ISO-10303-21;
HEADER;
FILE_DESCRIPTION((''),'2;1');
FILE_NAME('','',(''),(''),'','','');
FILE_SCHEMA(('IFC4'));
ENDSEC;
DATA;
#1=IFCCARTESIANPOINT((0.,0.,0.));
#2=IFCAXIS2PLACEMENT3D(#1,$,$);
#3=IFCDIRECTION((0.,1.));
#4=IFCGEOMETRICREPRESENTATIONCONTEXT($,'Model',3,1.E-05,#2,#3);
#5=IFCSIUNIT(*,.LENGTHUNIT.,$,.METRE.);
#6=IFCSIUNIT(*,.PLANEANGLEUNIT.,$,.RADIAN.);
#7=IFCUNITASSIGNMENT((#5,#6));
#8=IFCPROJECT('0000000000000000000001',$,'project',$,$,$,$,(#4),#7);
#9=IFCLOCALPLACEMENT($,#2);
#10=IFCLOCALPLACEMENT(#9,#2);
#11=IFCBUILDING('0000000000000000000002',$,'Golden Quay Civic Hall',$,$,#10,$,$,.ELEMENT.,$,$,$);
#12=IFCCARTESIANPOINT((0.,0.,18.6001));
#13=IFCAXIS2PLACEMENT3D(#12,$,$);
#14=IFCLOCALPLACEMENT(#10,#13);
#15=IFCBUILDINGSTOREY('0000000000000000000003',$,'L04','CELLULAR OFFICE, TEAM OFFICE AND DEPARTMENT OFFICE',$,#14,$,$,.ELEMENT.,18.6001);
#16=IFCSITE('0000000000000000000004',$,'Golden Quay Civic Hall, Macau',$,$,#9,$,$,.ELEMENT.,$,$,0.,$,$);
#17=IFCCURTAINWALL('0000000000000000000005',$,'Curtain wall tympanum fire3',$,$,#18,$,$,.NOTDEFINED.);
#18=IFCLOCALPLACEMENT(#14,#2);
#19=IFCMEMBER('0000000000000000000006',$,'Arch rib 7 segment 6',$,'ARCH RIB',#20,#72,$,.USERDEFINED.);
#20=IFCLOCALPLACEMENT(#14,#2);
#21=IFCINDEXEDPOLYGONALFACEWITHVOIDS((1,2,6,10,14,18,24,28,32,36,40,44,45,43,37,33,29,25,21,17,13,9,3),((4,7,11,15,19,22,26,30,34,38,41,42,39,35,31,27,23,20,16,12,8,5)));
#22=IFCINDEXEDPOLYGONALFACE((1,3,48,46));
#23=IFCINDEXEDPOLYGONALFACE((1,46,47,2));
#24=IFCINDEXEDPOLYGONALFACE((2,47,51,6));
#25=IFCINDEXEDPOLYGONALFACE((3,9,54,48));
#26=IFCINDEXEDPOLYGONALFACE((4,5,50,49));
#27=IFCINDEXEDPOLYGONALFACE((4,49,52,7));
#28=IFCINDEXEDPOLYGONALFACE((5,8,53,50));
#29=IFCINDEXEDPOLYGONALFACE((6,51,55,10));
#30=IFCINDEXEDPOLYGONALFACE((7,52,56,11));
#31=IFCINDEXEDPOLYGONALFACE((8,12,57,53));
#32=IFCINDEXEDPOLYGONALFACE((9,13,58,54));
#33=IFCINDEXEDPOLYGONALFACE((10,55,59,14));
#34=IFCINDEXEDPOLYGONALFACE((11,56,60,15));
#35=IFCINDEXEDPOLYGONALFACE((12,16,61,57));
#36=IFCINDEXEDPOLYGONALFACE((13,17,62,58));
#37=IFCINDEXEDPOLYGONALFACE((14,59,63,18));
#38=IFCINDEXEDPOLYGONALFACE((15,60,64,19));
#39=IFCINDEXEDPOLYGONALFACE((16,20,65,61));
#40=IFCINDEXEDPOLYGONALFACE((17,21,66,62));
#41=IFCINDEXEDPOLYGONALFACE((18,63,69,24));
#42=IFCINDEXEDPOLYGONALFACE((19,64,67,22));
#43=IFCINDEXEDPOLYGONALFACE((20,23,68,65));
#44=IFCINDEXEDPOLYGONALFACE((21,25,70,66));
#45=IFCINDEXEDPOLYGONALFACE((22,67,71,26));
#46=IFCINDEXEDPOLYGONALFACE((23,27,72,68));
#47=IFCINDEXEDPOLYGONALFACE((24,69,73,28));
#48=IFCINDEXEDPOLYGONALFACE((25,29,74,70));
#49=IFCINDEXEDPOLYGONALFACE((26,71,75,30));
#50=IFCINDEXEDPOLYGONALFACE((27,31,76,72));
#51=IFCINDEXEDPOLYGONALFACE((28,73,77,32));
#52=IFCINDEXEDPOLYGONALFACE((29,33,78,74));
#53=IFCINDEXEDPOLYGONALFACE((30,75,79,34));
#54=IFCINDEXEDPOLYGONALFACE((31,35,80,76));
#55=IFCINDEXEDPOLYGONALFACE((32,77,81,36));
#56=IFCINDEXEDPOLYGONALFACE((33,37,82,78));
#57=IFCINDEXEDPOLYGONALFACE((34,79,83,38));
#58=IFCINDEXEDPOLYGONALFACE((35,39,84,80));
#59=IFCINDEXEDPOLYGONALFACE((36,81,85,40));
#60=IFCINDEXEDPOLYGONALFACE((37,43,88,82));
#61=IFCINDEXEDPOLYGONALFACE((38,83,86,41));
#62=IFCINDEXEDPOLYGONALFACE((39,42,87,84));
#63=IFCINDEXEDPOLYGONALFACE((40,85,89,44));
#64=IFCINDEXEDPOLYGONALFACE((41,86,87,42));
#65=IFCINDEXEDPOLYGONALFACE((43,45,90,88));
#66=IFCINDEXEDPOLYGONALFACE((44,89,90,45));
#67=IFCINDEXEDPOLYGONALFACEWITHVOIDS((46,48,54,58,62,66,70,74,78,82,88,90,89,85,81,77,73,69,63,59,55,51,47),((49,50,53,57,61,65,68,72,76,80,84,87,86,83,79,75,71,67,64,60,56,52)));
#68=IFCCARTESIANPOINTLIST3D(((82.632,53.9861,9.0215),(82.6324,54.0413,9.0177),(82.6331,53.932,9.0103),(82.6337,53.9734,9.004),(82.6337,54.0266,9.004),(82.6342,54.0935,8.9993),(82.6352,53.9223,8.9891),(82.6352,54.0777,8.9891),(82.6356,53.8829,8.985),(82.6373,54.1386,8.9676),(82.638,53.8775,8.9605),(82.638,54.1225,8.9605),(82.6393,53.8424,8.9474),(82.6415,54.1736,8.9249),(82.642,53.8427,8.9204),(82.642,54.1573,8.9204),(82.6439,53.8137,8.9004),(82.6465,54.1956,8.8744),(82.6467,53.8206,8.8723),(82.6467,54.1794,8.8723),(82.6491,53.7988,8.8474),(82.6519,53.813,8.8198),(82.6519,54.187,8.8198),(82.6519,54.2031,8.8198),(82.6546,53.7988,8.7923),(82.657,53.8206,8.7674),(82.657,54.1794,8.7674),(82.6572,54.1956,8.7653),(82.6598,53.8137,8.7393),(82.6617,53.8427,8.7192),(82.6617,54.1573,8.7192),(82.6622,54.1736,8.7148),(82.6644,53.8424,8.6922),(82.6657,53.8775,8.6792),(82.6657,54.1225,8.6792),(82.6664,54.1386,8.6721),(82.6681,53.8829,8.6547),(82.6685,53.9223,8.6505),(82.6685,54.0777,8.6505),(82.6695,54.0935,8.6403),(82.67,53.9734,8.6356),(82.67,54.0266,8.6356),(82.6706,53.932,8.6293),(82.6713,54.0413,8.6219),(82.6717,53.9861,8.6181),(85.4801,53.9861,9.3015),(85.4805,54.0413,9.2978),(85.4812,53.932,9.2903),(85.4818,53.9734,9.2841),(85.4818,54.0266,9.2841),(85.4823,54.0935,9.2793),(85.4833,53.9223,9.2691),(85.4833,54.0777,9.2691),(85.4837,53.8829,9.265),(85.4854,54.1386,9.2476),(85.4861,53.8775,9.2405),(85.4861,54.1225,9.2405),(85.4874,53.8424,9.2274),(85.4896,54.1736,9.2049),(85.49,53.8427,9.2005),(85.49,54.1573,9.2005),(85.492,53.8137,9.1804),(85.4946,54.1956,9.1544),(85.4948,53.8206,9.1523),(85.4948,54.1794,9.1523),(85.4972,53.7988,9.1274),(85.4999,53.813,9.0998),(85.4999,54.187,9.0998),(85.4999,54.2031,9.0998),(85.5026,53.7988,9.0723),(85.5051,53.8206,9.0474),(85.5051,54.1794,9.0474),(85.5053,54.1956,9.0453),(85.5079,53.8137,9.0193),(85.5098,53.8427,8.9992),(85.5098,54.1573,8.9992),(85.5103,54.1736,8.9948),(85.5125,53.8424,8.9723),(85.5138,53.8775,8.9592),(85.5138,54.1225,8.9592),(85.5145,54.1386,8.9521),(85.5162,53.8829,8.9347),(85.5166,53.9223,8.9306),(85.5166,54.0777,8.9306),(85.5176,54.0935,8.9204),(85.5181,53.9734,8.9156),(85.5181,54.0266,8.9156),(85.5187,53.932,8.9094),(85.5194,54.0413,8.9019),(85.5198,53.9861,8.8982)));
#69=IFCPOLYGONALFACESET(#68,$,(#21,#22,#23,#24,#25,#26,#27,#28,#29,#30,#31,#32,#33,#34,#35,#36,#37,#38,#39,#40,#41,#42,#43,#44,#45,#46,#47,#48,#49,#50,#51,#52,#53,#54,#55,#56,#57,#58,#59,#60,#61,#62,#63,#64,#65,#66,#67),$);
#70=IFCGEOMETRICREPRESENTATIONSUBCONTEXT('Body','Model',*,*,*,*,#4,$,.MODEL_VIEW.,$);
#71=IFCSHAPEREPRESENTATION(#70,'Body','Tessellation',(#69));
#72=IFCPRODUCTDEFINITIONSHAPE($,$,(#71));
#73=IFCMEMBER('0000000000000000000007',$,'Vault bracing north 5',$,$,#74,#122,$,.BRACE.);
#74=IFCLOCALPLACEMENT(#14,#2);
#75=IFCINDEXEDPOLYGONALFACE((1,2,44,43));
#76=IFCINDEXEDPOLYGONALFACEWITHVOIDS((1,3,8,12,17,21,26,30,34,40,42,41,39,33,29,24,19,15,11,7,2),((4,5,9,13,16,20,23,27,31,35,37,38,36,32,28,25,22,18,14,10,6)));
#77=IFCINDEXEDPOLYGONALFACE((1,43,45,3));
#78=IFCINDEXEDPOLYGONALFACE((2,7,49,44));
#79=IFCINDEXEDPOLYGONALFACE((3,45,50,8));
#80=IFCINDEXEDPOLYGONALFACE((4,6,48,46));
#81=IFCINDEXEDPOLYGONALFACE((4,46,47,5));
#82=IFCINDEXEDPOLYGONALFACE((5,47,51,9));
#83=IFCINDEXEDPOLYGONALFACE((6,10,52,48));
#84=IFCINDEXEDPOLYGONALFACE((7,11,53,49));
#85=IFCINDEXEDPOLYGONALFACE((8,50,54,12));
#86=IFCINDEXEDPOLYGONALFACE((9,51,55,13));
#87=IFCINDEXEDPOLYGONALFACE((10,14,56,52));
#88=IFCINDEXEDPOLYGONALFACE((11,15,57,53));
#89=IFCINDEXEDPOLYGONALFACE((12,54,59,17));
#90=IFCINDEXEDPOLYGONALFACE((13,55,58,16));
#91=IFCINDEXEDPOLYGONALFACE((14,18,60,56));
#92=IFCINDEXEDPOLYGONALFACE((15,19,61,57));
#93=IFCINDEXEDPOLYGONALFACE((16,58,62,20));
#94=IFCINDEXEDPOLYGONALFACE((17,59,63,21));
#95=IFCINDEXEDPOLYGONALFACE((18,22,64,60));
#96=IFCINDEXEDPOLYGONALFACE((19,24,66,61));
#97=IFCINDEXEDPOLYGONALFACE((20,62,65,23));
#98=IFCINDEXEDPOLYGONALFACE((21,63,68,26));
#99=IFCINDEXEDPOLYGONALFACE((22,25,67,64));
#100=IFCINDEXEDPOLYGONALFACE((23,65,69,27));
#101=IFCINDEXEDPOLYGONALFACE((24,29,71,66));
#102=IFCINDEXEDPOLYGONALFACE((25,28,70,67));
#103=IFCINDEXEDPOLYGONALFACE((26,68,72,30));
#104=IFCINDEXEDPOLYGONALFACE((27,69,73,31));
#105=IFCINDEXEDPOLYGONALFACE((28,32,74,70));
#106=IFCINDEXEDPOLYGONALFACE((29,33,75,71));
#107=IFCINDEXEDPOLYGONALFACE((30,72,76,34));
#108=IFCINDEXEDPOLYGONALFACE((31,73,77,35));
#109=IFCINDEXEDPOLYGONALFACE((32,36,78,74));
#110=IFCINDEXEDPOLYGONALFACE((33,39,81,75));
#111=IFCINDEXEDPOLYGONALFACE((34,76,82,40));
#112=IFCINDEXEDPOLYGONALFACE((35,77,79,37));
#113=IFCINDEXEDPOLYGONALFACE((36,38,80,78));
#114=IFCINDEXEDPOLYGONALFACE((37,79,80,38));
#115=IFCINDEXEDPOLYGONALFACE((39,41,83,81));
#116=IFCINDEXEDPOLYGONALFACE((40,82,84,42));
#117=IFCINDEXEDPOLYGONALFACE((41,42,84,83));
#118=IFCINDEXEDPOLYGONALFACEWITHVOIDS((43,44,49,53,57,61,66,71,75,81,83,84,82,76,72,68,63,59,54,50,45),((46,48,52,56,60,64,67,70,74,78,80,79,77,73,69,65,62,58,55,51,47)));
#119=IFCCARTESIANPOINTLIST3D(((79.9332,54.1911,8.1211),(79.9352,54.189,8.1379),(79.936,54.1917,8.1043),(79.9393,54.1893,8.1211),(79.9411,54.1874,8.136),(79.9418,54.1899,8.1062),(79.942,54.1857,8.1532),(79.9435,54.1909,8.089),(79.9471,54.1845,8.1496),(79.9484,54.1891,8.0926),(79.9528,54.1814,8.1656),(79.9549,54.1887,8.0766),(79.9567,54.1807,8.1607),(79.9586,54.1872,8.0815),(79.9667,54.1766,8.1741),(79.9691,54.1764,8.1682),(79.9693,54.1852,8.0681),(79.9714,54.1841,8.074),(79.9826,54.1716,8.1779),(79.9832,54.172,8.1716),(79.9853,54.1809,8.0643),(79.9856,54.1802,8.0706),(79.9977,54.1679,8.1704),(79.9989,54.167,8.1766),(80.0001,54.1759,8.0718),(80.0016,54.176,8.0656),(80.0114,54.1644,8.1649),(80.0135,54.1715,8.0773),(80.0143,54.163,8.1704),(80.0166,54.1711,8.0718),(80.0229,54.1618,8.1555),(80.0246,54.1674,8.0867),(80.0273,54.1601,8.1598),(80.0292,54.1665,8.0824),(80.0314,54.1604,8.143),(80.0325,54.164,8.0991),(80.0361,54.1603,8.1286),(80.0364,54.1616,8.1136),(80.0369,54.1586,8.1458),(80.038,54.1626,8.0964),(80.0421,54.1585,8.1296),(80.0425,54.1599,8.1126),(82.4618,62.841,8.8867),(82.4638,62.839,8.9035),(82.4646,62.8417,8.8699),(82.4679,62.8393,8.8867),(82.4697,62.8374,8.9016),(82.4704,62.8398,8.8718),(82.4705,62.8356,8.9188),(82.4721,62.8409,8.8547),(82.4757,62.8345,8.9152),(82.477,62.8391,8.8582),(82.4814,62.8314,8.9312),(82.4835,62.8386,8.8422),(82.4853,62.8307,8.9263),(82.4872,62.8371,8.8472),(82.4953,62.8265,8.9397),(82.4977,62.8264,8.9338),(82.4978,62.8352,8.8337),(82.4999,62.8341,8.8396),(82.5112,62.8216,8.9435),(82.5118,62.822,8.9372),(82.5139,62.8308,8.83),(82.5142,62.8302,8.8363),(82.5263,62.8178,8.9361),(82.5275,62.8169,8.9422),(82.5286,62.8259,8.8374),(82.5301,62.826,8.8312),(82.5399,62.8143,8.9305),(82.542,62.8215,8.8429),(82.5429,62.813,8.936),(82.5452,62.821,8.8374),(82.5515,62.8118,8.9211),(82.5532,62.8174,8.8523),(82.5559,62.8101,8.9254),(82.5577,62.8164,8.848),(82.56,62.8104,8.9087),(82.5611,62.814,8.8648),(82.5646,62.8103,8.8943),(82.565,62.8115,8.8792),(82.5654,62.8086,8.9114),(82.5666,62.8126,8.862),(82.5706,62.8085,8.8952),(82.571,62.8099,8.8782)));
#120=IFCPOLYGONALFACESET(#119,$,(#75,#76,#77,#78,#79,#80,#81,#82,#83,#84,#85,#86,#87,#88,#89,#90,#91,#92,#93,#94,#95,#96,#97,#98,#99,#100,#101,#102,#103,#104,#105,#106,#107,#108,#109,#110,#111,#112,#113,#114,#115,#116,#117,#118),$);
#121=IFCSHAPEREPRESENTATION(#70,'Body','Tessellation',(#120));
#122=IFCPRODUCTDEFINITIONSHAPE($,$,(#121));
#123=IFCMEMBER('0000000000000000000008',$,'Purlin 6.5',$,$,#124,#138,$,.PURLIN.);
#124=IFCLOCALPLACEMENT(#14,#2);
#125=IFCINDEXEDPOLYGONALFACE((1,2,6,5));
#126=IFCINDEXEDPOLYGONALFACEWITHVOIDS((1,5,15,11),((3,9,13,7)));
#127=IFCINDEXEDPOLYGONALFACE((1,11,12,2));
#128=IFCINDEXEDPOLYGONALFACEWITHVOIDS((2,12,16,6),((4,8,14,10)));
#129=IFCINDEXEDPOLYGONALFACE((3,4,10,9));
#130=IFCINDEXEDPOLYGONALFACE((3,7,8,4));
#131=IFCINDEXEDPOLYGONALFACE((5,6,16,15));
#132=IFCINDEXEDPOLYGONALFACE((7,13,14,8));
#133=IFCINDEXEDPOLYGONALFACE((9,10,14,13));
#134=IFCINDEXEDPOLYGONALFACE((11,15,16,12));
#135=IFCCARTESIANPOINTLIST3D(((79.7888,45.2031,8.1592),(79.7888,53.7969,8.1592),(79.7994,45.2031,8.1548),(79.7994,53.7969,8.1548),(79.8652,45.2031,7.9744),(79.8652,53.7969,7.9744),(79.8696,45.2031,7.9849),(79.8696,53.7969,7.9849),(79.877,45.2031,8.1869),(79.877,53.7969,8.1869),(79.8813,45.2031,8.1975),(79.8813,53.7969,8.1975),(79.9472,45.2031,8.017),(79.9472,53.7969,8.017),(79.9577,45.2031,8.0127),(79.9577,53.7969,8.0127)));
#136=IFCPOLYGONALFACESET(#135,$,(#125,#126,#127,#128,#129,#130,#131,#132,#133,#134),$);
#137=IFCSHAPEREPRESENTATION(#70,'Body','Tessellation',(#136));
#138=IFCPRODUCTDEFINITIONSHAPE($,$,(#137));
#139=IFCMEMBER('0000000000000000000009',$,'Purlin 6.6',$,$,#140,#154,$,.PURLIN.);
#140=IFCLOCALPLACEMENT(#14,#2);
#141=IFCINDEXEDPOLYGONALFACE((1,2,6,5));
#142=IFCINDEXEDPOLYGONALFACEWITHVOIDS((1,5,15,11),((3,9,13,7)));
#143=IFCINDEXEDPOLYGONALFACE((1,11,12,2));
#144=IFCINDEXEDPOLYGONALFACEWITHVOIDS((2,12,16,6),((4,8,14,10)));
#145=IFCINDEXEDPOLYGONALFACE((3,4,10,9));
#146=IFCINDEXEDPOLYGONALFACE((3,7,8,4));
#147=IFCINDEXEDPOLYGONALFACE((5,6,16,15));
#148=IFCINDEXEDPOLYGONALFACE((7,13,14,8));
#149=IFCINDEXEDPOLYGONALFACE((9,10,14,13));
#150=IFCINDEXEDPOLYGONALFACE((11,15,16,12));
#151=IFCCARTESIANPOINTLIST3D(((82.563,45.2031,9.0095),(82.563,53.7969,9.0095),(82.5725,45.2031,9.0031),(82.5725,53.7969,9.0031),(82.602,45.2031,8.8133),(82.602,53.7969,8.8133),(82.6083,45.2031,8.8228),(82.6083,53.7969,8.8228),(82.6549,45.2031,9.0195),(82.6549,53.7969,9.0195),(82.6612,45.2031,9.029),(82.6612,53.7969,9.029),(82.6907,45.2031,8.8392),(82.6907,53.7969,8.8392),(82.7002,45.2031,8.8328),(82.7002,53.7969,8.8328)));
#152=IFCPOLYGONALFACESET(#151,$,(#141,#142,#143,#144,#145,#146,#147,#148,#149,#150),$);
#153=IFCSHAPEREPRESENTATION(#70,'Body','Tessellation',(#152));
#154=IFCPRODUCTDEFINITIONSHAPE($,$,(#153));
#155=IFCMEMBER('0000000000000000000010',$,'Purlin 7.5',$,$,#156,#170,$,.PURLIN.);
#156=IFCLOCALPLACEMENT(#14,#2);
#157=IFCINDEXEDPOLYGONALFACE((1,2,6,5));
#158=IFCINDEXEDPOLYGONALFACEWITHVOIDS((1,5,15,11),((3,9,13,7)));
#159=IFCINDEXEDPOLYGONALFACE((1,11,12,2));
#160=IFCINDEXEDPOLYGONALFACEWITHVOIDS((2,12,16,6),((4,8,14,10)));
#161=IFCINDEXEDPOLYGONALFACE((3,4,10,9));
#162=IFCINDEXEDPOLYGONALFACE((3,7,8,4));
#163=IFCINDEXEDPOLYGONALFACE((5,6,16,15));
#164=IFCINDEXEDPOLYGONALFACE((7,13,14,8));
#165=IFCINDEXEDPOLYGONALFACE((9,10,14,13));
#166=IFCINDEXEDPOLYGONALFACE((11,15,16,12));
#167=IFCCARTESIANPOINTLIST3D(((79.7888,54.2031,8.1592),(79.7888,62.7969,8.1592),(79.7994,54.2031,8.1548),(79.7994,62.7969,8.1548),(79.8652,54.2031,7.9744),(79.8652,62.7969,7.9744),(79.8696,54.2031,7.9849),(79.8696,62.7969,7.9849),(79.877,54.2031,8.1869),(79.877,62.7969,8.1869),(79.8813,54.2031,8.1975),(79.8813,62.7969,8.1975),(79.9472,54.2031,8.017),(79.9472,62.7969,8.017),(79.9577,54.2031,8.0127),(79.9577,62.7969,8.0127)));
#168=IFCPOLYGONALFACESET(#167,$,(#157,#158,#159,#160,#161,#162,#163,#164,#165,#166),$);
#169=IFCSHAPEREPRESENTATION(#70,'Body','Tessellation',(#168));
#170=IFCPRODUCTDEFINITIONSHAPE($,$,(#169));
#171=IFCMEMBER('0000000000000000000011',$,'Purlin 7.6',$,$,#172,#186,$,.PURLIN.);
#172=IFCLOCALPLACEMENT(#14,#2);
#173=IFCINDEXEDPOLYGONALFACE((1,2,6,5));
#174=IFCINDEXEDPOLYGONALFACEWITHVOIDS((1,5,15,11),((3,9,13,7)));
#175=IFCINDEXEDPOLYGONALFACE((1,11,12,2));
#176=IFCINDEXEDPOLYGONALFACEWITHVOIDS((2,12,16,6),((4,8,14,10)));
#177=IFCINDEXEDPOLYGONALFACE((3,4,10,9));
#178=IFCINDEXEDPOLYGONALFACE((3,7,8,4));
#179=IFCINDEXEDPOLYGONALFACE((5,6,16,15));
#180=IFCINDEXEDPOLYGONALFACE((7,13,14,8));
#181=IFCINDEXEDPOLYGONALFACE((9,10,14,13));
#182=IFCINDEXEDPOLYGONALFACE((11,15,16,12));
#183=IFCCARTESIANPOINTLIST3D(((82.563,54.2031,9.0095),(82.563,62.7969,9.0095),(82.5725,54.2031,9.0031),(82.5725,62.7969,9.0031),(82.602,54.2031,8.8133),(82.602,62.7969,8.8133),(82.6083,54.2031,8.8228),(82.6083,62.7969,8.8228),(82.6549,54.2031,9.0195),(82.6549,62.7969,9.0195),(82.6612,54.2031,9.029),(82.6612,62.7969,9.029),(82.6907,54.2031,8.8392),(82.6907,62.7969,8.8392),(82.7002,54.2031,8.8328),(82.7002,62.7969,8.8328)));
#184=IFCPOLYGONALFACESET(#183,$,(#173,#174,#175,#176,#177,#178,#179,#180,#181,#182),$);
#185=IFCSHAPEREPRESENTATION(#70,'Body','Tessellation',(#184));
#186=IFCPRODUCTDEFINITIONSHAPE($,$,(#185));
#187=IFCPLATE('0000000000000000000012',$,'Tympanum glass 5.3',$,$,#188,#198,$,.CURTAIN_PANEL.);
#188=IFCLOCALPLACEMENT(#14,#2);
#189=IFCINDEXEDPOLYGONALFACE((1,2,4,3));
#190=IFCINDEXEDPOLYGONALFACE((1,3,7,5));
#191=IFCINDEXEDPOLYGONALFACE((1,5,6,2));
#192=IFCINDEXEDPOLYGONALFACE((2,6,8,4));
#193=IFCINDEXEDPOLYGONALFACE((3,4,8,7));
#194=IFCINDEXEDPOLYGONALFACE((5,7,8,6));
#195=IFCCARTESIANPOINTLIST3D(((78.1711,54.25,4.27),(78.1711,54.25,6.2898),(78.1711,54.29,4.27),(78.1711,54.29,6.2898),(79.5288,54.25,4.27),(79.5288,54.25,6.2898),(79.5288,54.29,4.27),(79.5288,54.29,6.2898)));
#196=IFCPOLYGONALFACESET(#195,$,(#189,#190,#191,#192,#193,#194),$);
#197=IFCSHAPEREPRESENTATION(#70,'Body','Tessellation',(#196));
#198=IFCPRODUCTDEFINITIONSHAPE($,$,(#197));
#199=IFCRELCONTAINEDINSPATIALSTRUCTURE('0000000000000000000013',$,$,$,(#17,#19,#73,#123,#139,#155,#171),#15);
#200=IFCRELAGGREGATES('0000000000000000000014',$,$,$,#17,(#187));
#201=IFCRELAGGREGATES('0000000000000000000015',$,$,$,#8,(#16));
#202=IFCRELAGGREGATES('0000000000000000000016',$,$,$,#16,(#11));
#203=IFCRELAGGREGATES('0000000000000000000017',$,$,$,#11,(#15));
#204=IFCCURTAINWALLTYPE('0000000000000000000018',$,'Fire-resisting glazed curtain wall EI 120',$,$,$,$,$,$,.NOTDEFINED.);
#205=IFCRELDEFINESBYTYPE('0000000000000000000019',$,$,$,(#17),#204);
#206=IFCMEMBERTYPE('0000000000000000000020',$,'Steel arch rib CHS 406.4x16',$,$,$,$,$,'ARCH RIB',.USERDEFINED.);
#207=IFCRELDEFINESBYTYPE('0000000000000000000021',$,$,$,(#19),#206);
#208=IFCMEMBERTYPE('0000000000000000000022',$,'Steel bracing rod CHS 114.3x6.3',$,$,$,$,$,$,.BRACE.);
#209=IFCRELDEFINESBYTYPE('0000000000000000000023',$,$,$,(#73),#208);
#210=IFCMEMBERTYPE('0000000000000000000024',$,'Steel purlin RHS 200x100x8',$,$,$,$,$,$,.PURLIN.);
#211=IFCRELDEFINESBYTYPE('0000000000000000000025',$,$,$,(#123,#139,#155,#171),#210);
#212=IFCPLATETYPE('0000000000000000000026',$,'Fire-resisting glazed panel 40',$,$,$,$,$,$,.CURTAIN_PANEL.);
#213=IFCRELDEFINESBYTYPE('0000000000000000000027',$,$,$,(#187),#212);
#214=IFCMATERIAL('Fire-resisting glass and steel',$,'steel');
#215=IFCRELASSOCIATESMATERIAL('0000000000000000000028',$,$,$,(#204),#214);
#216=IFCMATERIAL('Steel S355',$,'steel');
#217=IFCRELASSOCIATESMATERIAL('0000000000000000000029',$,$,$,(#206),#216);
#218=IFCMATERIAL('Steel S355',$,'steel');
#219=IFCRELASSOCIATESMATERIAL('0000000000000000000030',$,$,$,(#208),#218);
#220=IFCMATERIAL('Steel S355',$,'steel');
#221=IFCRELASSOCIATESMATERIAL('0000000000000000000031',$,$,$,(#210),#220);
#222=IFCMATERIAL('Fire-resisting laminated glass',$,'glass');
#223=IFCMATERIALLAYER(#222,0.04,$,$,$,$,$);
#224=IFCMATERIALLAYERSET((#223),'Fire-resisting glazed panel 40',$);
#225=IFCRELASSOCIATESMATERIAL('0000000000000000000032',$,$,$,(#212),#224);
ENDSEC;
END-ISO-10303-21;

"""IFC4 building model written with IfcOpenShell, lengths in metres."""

from ifc_helpers import new_model, si_unit, direction, frame, origin, origin_2d, place, context, subcontext, project, spatial, polyline, hollow_rectangle, hollow_circle, outline, extrude, material, layer, layer_set, material_profile, profile_set, type_object, element, aggregate, save


model = new_model("IFC4")

# Units and contexts
model_context = context("Model", 3, precision=1e-05, world=origin(), true_north=direction((0.0, 1.0)))
body_context = subcontext(model_context, "Body", "Model", "MODEL_VIEW")
ifc_project = project(units=[si_unit("LENGTHUNIT", "METRE"), si_unit("PLANEANGLEUNIT", "RADIAN")], contexts=[model_context])

# Site, building, storey
site_placement = place(None, origin())
site = spatial("IfcSite", under=ifc_project, at=site_placement, Name="Golden Quay Civic Hall, Macau", CompositionType="ELEMENT", RefElevation=0.0)
building_placement = place(site_placement, origin())
building = spatial("IfcBuilding", under=site, at=building_placement, Name="Golden Quay Civic Hall", CompositionType="ELEMENT")
storey_placement = place(building_placement, frame((0.0, 0.0, 18.6001)))
storey = spatial("IfcBuildingStorey", under=building, at=storey_placement, Name="L04", Description="CELLULAR OFFICE, TEAM OFFICE AND DEPARTMENT OFFICE", CompositionType="ELEMENT", Elevation=18.6001)

# Curtain wall
ifc_material_1 = material(Name="Fire-resisting glass and steel", Category="steel")
curtain_wall_type = type_object("IfcCurtainWallType", Name="Fire-resisting glazed curtain wall EI 120", PredefinedType="NOTDEFINED", material=ifc_material_1)
curtain_wall_placement = place(storey_placement, origin())
curtain_wall = element("IfcCurtainWall", 1, at=curtain_wall_placement, inside=storey, type_object=curtain_wall_type, Name="Curtain wall tympanum fire3", PredefinedType="NOTDEFINED")

# Members
ifc_material_2 = material(Name="Steel S355", Category="steel")
ifc_material_profile_1 = material_profile(ifc_material_2, hollow_circle(Radius=0.2031, WallThickness=0.0161, at=origin_2d()), Name="CHS 406.4x16")
ifc_profile_set_1 = profile_set([ifc_material_profile_1], Name="Steel S355")
member_type_1 = type_object("IfcMemberType", Name="Steel arch rib CHS 406.4x16", ElementType="ARCH RIB", PredefinedType="USERDEFINED", material=ifc_profile_set_1)
member_1_placement = place(storey_placement, frame((82.6519, 54.0, 8.8198), z_axis=(0.995201, 0.0, 0.097848), x_axis=(0.0, 1.0, 0.0)))
element("IfcMember", 2, at=member_1_placement, inside=storey, type_object=member_type_1, Name="Arch rib 7 segment 6", ObjectType="ARCH RIB", PredefinedType="USERDEFINED", context=body_context, shape_type="SweptSolid", body=[
    extrude(hollow_circle(Radius=0.2031, WallThickness=0.0161, at=origin_2d()), origin(), (0.0, 0.0, 1.0), 2.8618),
])
ifc_material_3 = material(Name="Steel S355", Category="steel")
ifc_material_profile_2 = material_profile(ifc_material_3, hollow_circle(Radius=0.0571, WallThickness=0.0063, at=origin_2d()), Name="CHS 114.3x6.3")
ifc_profile_set_2 = profile_set([ifc_material_profile_2], Name="Steel S355")
member_type_2 = type_object("IfcMemberType", Name="Steel bracing rod CHS 114.3x6.3", PredefinedType="BRACE", material=ifc_profile_set_2)
member_2_placement = place(storey_placement, frame((79.988, 54.175, 8.1211), z_axis=(0.279573, 0.956385, 0.084652), x_axis=(-0.959831, 0.28058, 0.0)))
element("IfcMember", 3, at=member_2_placement, inside=storey, type_object=member_type_2, Name="Vault bracing north 5", PredefinedType="BRACE", context=body_context, shape_type="SweptSolid", body=[
    extrude(hollow_circle(Radius=0.0571, WallThickness=0.0063, at=origin_2d()), origin(), (0.0, 0.0, 1.0), 9.0444),
])
ifc_material_4 = material(Name="Steel S355", Category="steel")
ifc_material_profile_3 = material_profile(ifc_material_4, hollow_rectangle(XDim=0.1001, YDim=0.2, WallThickness=0.0081, at=origin_2d()), Name="RHS 200x100x8")
ifc_profile_set_3 = profile_set([ifc_material_profile_3], Name="Steel S355")
member_type_3 = type_object("IfcMemberType", Name="Steel purlin RHS 200x100x8", PredefinedType="PURLIN", material=ifc_profile_set_3)
for number, where, z_axis, x_axis, name in (
    (4, (79.8733, 45.2031, 8.0859), (0.0, 1.0, 0.0), (-0.924146, 0.0, -0.382039), "Purlin 6.5"),
    (5, (82.6316, 45.2031, 8.9211), (0.0, 1.0, 0.0), (-0.980853, 0.0, -0.194748), "Purlin 6.6"),
    (6, (79.8733, 54.2031, 8.0859), (0.0, 1.0, 0.0), (-0.924146, 0.0, -0.382039), "Purlin 7.5"),
    (7, (82.6316, 54.2031, 8.9211), (0.0, 1.0, 0.0), (-0.980853, 0.0, -0.194748), "Purlin 7.6"),
):
    element("IfcMember", number, at=place(storey_placement, frame(where, z_axis=z_axis, x_axis=x_axis)), inside=storey, type_object=member_type_3, Name=name, PredefinedType="PURLIN", context=body_context, shape_type="SweptSolid", body=[
        extrude(hollow_rectangle(XDim=0.1001, YDim=0.2, WallThickness=0.0081, at=origin_2d()), origin(), (0.0, 0.0, 1.0), 8.5938),
    ])

# Plate
ifc_material_5 = material(Name="Fire-resisting laminated glass", Category="glass")
ifc_layer_1 = layer(ifc_material_5, 0.04)
ifc_layer_set_1 = layer_set([ifc_layer_1], Name="Fire-resisting glazed panel 40")
plate_type_1 = type_object("IfcPlateType", Name="Fire-resisting glazed panel 40", PredefinedType="CURTAIN_PANEL", material=ifc_layer_set_1)
plate_1_placement = place(storey_placement, frame((79.5288, 54.29, 4.27), z_axis=(0.0, 1.0, 0.0), x_axis=(-1.0, 0.0, 0.0)))
plate_1 = element("IfcPlate", 8, at=plate_1_placement, type_object=plate_type_1, Name="Tympanum glass 5.3", PredefinedType="CURTAIN_PANEL", context=body_context, shape_type="SweptSolid", body=[
    extrude(outline(polyline([(0.0, 0.0), (1.3577, 0.0), (1.3577, 2.0198), (0.0, 2.0198), (0.0, 0.0)])), origin(), (0.0, 0.0, -1.0), 0.04),
])
aggregate(curtain_wall, [plate_1])

save(model, "model.ifc")
